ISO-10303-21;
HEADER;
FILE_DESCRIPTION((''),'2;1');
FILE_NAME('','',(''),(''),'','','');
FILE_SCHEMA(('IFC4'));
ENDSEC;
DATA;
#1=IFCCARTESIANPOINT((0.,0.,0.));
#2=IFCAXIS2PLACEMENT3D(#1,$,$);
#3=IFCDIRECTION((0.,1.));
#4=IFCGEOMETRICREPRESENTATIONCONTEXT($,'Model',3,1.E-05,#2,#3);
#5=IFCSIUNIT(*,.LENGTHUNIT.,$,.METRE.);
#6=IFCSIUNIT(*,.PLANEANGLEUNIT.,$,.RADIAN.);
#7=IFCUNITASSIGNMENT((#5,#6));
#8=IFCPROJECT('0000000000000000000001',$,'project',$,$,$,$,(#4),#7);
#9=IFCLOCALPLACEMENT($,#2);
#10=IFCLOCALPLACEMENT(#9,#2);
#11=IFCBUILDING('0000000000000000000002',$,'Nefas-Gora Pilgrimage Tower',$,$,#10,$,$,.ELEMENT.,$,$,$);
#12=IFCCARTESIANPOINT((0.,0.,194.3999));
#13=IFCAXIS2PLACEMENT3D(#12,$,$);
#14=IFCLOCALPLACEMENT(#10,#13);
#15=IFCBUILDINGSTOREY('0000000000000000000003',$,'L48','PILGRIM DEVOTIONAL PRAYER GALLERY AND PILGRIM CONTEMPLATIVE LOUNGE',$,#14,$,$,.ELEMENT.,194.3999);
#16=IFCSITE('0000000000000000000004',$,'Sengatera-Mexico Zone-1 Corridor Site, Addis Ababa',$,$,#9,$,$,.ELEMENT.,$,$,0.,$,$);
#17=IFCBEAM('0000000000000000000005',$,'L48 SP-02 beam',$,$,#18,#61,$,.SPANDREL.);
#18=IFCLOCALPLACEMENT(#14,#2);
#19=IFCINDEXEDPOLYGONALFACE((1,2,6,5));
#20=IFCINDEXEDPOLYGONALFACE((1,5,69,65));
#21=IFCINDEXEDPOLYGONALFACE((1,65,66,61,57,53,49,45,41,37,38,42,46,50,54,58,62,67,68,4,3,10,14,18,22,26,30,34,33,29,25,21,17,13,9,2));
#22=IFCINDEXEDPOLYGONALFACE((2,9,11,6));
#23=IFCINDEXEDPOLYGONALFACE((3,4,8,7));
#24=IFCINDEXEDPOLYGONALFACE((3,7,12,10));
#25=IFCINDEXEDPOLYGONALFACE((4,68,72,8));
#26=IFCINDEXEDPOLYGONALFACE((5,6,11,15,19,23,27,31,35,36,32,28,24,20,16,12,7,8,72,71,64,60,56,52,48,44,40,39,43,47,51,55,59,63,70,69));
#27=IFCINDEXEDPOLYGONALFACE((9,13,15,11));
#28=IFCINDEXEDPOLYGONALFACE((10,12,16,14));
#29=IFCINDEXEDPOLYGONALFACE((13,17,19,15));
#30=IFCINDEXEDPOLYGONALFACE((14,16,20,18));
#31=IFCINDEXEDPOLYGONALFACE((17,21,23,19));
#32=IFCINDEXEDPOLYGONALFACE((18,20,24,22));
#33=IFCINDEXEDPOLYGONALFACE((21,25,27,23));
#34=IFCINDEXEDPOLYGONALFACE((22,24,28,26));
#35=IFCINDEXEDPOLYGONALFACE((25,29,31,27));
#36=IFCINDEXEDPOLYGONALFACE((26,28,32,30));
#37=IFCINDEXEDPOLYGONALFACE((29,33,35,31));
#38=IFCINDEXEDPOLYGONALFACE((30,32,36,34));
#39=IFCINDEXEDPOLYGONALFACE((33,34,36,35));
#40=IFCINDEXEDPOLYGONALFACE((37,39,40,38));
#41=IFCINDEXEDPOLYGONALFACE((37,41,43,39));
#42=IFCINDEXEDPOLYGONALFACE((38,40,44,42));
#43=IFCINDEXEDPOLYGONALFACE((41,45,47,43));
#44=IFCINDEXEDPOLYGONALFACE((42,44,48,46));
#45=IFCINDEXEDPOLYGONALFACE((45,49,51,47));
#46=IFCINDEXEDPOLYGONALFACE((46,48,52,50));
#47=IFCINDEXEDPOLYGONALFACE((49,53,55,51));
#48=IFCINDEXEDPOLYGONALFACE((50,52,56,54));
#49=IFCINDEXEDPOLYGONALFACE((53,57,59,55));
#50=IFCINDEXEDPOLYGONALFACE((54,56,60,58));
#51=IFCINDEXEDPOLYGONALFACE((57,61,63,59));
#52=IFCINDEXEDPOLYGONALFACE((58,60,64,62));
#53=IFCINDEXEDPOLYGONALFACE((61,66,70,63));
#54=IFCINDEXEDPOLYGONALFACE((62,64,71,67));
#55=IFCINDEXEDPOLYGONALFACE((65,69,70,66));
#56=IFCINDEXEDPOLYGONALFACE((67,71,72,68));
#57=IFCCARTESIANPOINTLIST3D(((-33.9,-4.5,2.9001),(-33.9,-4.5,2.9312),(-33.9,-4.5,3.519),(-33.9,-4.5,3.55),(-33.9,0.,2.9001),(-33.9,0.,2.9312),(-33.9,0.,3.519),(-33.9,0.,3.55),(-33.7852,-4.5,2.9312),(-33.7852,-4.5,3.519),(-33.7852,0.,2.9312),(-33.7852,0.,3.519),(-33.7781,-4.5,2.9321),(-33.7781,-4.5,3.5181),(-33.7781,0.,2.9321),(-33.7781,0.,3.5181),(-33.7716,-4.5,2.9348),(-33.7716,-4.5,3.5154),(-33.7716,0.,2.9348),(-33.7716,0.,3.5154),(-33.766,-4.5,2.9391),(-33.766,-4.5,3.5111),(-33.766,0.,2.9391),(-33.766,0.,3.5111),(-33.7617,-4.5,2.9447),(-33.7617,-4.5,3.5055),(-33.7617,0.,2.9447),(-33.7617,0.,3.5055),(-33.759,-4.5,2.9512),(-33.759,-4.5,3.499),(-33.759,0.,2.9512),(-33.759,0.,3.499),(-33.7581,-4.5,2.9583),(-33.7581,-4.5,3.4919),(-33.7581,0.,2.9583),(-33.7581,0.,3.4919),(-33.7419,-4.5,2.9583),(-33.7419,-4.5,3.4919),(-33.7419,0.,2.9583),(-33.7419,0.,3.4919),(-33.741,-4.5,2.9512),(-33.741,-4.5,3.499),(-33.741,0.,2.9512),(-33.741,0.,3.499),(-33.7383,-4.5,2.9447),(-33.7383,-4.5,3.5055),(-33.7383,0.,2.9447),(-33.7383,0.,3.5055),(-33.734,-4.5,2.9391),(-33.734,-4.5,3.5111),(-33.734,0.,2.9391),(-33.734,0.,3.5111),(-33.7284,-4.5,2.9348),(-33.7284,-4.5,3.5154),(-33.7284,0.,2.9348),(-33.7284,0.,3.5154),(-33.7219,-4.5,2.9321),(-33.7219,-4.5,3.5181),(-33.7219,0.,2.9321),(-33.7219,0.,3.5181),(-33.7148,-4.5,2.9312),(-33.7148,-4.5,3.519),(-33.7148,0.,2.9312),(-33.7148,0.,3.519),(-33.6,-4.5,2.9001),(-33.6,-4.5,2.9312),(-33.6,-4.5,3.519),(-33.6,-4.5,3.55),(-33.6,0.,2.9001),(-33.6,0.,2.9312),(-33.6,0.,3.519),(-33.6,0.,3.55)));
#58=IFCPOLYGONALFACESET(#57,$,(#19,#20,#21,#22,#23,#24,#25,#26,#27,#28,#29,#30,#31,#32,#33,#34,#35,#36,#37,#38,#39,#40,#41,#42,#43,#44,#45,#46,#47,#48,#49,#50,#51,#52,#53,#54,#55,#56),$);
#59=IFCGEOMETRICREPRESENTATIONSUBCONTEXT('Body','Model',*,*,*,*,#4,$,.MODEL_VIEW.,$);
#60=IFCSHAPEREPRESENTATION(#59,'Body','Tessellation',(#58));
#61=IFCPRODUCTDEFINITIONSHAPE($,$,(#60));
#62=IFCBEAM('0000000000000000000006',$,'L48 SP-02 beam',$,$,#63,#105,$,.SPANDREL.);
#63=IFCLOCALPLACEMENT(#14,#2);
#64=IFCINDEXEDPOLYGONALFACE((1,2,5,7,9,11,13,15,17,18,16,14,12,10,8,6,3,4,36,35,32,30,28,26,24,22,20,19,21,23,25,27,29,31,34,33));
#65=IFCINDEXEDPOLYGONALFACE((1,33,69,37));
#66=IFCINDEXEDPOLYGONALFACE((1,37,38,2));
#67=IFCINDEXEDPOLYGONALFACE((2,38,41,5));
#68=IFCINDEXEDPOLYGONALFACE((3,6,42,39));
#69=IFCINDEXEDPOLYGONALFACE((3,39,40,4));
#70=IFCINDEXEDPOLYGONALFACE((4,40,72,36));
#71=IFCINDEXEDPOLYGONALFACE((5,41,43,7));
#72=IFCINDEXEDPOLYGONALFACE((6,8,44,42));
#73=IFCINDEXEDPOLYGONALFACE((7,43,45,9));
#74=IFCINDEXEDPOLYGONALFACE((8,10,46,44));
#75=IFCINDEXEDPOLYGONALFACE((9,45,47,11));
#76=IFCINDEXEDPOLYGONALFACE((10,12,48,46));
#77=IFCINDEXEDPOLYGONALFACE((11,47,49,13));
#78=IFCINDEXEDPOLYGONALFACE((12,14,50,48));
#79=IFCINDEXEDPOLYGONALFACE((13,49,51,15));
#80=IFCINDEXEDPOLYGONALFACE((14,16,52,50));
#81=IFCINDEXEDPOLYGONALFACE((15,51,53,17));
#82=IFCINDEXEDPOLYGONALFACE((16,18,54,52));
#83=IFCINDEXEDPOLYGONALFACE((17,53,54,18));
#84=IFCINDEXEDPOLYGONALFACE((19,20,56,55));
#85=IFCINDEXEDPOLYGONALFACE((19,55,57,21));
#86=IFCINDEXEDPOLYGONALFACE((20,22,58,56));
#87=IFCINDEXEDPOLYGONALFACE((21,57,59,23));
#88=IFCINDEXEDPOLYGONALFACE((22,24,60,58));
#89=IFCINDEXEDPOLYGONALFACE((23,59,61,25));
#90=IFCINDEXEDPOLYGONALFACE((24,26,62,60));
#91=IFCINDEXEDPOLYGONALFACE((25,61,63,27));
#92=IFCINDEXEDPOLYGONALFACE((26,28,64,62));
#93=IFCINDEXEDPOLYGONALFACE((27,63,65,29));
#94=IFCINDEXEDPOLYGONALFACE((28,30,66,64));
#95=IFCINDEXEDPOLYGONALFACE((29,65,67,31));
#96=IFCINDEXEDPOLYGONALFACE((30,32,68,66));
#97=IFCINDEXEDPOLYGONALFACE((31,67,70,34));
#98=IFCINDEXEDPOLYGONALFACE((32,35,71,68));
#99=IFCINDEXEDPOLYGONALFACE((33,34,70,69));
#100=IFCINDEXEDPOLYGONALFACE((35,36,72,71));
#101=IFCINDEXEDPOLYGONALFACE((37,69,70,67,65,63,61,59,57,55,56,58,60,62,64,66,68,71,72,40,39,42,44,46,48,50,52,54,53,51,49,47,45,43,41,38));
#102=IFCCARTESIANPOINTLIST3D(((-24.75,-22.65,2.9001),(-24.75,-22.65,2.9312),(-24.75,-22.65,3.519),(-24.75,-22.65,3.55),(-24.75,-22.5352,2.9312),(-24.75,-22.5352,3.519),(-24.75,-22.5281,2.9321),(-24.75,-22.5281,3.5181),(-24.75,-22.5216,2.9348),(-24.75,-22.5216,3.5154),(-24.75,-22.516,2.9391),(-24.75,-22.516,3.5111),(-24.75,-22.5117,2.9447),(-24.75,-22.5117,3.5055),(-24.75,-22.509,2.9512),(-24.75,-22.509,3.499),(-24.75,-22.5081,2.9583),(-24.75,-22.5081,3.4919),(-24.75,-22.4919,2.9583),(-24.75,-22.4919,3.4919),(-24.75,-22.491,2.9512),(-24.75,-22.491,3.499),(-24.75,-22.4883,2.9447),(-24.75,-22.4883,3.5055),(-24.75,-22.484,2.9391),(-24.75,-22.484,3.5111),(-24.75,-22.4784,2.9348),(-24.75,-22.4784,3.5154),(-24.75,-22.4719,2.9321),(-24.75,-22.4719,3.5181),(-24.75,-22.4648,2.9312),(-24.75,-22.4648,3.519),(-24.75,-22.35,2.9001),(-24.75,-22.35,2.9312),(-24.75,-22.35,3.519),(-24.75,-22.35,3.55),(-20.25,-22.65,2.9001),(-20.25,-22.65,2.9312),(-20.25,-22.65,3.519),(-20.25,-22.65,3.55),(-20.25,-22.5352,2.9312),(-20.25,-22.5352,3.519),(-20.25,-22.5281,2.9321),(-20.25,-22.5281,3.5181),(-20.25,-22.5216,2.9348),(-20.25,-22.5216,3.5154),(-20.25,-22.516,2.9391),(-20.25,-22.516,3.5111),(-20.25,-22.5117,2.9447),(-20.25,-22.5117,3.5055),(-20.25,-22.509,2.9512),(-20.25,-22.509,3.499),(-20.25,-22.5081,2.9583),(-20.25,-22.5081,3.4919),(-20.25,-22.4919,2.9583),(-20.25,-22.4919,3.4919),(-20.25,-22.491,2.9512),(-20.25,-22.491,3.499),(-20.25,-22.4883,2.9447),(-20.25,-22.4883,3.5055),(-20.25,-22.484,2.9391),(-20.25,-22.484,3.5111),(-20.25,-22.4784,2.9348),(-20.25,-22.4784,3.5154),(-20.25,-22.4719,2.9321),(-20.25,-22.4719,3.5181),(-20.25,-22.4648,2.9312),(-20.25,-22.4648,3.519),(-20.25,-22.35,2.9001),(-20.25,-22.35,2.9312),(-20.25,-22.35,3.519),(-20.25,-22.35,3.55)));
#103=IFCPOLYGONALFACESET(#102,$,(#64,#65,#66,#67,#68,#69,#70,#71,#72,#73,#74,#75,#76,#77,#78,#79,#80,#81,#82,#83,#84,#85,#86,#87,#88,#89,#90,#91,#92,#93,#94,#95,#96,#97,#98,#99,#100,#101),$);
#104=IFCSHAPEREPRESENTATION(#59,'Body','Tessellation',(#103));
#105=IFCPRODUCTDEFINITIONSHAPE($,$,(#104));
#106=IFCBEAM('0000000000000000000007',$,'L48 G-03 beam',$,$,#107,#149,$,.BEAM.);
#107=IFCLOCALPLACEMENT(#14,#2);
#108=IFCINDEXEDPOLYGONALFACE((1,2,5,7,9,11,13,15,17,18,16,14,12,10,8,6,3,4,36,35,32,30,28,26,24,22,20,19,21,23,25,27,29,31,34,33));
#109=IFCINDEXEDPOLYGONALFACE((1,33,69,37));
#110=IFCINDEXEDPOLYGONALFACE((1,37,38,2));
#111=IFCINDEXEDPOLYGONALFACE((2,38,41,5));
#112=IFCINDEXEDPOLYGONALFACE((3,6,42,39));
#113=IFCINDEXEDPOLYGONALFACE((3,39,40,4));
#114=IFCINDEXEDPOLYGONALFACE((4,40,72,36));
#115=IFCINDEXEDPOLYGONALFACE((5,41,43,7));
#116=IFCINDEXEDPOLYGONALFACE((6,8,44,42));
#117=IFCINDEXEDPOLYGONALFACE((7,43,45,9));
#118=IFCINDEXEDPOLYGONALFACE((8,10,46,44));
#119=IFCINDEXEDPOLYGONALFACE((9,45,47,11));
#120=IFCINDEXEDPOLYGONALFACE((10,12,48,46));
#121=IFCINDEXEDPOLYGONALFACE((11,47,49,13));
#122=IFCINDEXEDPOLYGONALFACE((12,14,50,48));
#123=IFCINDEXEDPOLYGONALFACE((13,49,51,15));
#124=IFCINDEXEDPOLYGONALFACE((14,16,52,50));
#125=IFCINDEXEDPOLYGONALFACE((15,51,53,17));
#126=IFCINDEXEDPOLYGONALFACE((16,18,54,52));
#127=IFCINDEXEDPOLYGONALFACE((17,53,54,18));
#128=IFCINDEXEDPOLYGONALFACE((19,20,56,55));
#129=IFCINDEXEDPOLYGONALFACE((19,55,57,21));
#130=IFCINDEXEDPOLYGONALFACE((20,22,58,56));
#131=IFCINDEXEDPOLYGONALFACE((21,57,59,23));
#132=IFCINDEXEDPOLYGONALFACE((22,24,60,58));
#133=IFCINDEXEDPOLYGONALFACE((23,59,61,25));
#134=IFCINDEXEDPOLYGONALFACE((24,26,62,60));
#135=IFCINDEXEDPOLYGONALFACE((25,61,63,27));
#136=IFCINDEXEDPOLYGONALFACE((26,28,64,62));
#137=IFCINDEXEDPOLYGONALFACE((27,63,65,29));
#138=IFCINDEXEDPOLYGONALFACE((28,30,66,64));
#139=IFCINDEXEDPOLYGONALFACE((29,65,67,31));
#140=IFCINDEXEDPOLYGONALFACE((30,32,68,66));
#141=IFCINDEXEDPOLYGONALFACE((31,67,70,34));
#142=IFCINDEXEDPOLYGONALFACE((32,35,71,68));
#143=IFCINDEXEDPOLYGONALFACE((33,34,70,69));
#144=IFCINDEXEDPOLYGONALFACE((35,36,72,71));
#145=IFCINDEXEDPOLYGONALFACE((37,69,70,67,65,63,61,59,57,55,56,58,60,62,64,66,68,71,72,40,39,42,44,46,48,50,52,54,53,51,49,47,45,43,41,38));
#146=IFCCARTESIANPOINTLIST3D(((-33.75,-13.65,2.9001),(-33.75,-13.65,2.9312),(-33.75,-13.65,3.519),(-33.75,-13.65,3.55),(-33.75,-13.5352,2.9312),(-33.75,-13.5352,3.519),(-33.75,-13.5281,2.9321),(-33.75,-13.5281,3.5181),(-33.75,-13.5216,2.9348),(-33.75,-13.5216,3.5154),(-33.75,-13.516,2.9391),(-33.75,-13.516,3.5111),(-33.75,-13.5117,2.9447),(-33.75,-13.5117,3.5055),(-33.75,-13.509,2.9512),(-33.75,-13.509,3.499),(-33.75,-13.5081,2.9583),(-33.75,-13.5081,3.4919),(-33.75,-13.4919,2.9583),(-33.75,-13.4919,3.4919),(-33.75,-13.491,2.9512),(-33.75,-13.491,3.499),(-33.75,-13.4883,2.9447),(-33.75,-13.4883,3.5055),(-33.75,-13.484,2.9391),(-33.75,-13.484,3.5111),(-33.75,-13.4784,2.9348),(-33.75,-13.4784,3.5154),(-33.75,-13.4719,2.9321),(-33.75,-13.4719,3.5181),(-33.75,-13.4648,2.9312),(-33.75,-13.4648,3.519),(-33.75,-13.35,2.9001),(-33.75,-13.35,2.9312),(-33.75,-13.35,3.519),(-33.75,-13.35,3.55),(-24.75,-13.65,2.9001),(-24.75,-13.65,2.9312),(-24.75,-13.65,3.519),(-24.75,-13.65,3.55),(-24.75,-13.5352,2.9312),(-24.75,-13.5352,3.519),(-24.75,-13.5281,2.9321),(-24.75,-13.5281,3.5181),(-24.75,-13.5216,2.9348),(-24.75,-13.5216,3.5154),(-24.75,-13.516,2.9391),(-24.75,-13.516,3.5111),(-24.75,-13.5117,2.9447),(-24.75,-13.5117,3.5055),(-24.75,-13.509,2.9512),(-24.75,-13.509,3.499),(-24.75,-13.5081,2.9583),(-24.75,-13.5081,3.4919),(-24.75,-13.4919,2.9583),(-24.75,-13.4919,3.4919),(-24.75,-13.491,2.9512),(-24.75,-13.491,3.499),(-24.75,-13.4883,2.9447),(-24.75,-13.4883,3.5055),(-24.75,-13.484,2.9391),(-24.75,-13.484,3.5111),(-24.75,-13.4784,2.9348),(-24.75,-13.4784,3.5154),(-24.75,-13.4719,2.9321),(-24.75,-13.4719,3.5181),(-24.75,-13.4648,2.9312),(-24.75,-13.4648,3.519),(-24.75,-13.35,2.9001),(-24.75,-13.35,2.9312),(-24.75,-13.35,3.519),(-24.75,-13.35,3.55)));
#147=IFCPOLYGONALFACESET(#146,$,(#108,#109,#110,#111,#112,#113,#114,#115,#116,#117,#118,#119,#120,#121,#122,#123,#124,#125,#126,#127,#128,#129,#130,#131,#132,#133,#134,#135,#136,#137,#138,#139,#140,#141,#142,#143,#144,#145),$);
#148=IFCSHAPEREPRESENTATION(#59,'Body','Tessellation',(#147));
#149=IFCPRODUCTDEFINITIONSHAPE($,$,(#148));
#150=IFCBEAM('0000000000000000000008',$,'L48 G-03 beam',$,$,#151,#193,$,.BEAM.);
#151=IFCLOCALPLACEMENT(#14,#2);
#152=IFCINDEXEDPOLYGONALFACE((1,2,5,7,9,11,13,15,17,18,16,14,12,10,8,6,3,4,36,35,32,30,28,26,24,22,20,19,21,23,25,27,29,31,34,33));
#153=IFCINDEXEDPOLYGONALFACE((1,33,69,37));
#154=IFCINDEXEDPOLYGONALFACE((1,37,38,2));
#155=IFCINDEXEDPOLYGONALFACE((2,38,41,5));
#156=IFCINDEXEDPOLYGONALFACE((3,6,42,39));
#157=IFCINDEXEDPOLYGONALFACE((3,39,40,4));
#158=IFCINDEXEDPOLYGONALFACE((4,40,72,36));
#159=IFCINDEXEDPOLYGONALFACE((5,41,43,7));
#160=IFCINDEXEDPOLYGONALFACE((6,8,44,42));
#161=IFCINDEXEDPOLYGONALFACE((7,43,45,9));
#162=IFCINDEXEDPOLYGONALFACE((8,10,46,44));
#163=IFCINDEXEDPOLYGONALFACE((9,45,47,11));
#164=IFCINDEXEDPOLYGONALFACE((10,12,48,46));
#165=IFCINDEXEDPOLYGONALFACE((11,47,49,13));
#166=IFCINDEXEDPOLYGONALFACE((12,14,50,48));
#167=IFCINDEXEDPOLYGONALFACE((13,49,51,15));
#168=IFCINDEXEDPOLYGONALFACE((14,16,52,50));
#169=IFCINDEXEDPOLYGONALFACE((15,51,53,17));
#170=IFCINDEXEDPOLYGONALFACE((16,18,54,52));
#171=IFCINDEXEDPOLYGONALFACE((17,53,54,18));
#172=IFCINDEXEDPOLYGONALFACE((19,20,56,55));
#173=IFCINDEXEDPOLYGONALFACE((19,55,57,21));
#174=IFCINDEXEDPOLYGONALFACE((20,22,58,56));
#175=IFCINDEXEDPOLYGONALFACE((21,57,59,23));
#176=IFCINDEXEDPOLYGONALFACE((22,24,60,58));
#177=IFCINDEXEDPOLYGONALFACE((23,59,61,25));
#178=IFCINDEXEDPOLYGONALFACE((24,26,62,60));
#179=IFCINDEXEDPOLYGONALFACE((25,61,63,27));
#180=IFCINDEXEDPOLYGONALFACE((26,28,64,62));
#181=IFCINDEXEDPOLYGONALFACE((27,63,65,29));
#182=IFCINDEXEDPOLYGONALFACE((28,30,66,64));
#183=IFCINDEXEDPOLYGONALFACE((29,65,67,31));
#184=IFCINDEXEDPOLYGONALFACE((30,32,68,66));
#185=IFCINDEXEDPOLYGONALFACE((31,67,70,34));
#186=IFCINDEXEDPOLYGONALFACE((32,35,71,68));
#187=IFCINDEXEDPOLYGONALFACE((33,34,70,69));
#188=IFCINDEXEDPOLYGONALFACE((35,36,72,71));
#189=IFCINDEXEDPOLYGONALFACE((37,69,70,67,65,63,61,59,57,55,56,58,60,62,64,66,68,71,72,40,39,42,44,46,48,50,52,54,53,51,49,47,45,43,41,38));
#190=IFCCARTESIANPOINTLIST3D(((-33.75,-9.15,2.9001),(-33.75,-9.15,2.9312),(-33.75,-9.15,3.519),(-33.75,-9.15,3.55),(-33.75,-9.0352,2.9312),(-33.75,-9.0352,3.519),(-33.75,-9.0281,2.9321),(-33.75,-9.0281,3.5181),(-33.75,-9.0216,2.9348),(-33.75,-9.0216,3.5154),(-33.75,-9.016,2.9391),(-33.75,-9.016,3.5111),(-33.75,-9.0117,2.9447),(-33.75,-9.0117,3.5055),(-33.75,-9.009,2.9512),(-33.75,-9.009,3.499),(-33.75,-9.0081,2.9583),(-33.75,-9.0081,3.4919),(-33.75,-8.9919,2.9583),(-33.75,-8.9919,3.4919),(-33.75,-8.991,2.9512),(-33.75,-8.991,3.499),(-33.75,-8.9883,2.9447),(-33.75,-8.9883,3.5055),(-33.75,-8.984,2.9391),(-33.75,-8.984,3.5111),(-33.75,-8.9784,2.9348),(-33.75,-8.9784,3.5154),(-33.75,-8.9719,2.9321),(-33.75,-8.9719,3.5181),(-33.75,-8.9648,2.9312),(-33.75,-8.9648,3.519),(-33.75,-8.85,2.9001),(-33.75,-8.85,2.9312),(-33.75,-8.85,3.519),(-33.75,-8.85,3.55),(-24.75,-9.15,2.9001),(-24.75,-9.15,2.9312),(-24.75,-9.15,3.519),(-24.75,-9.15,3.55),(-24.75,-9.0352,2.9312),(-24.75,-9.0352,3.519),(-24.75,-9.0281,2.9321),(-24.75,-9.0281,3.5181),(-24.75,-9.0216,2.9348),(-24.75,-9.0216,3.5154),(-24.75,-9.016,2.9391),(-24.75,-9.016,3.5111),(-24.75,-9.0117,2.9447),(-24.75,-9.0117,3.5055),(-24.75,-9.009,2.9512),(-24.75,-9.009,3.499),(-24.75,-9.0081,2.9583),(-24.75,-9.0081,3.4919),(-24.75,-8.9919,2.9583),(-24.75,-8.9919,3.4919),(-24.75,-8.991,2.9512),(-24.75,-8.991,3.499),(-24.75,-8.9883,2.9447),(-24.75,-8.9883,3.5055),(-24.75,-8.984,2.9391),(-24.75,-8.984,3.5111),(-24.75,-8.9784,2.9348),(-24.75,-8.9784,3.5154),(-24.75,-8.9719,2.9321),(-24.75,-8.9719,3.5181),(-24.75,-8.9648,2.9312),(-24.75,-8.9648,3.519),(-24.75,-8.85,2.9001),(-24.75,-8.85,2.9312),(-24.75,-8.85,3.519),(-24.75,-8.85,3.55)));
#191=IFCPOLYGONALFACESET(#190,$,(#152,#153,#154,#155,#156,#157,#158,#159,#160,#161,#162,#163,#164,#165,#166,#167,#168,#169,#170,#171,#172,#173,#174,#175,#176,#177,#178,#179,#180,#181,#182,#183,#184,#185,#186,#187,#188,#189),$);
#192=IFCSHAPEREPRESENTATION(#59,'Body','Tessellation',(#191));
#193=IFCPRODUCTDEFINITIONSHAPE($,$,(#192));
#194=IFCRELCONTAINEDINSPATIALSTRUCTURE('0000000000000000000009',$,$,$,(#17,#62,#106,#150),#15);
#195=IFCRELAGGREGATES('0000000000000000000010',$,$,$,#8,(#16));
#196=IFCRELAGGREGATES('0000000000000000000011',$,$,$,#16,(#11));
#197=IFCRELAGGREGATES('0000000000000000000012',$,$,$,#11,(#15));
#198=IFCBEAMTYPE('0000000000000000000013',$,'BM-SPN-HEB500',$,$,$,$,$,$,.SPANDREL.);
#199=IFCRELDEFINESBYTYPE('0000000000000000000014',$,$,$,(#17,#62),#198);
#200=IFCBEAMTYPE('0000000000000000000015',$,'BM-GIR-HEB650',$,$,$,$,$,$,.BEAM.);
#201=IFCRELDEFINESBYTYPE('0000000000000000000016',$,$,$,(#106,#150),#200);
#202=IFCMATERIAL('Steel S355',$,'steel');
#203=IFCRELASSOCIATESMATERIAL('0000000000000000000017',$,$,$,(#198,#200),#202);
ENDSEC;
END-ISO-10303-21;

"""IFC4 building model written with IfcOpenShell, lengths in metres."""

from ifc_helpers import new_model, si_unit, direction, frame, origin, origin_2d, place, context, subcontext, project, spatial, i_section, extrude, source, transform, mapped, material, material_profile, profile_set, type_object, element, save


model = new_model("IFC4")

# Units and contexts
model_context = context("Model", 3, precision=1e-05, world=origin(), true_north=direction((0.0, 1.0)))
body_context = subcontext(model_context, "Body", "Model", "MODEL_VIEW")
ifc_project = project(units=[si_unit("LENGTHUNIT", "METRE"), si_unit("PLANEANGLEUNIT", "RADIAN")], contexts=[model_context])

# Site, building, storey
site_placement = place(None, origin())
site = spatial("IfcSite", under=ifc_project, at=site_placement, Name="Sengatera-Mexico Zone-1 Corridor Site, Addis Ababa", CompositionType="ELEMENT", RefElevation=0.0)
building_placement = place(site_placement, origin())
building = spatial("IfcBuilding", under=site, at=building_placement, Name="Nefas-Gora Pilgrimage Tower", CompositionType="ELEMENT")
storey_placement = place(building_placement, frame((0.0, 0.0, 194.3999)))
storey = spatial("IfcBuildingStorey", under=building, at=storey_placement, Name="L48", Description="PILGRIM DEVOTIONAL PRAYER GALLERY AND PILGRIM CONTEMPLATIVE LOUNGE", CompositionType="ELEMENT", Elevation=194.3999)

# Beams
ifc_material_1 = material(Name="Steel S355", Category="steel")
ifc_material_profile_1 = material_profile(ifc_material_1, i_section(OverallWidth=0.3, OverallDepth=0.6499, WebThickness=0.0161, FlangeThickness=0.031, FilletRadius=0.0271, at=origin_2d()), Name="HEB 650")
ifc_profile_set_1 = profile_set([ifc_material_profile_1], Name="Steel S355")
beam_type_1 = type_object("IfcBeamType", Name="BM-SPN-HEB500", PredefinedType="SPANDREL", material=ifc_profile_set_1)
shared_shape_1 = source(origin(), body_context, "Body", "SweptSolid", [
    extrude(i_section(OverallWidth=0.3, OverallDepth=0.6499, WebThickness=0.0161, FlangeThickness=0.031, FilletRadius=0.0271, at=origin_2d()), origin(), (0.0, 0.0, 1.0), 4.5),
])
for number, where, z_axis, x_axis, name in (
    (1, (-33.75, -4.5, 3.2251), (0.0, 1.0, 0.0), (-1.0, 0.0, 0.0), "L48 SP-02 beam"),
    (2, (-24.75, -22.5, 3.2251), (1.0, 0.0, 0.0), (0.0, 1.0, 0.0), "L48 SP-02 beam"),
):
    element("IfcBeam", number, at=place(storey_placement, frame(where, z_axis=z_axis, x_axis=x_axis)), inside=storey, type_object=beam_type_1, Name=name, PredefinedType="SPANDREL", context=body_context, shape_type="MappedRepresentation", body=[
        mapped(shared_shape_1, transform((0.0, 0.0, 0.0), x_axis=(1.0, 0.0, 0.0), y_axis=(0.0, 1.0, 0.0), z_axis=(0.0, 0.0, 1.0), scale=1.0)),
    ])
ifc_material_profile_2 = material_profile(ifc_material_1, i_section(OverallWidth=0.3, OverallDepth=0.6499, WebThickness=0.0161, FlangeThickness=0.031, FilletRadius=0.0271, at=origin_2d()), Name="HEB 650")
ifc_profile_set_2 = profile_set([ifc_material_profile_2], Name="Steel S355")
beam_type_2 = type_object("IfcBeamType", Name="BM-GIR-HEB650", PredefinedType="BEAM", material=ifc_profile_set_2)
shared_shape_2 = source(origin(), body_context, "Body", "SweptSolid", [
    extrude(i_section(OverallWidth=0.3, OverallDepth=0.6499, WebThickness=0.0161, FlangeThickness=0.031, FilletRadius=0.0271, at=origin_2d()), origin(), (0.0, 0.0, 1.0), 9.0),
])
for number, where, z_axis, x_axis, name in (
    (3, (-33.75, -13.5, 3.2251), (1.0, 0.0, 0.0), (0.0, 1.0, 0.0), "L48 G-03 beam"),
    (4, (-33.75, -9.0, 3.2251), (1.0, 0.0, 0.0), (0.0, 1.0, 0.0), "L48 G-03 beam"),
):
    element("IfcBeam", number, at=place(storey_placement, frame(where, z_axis=z_axis, x_axis=x_axis)), inside=storey, type_object=beam_type_2, Name=name, PredefinedType="BEAM", context=body_context, shape_type="MappedRepresentation", body=[
        mapped(shared_shape_2, transform((0.0, 0.0, 0.0), x_axis=(1.0, 0.0, 0.0), y_axis=(0.0, 1.0, 0.0), z_axis=(0.0, 0.0, 1.0), scale=1.0)),
    ])

save(model, "model.ifc")
